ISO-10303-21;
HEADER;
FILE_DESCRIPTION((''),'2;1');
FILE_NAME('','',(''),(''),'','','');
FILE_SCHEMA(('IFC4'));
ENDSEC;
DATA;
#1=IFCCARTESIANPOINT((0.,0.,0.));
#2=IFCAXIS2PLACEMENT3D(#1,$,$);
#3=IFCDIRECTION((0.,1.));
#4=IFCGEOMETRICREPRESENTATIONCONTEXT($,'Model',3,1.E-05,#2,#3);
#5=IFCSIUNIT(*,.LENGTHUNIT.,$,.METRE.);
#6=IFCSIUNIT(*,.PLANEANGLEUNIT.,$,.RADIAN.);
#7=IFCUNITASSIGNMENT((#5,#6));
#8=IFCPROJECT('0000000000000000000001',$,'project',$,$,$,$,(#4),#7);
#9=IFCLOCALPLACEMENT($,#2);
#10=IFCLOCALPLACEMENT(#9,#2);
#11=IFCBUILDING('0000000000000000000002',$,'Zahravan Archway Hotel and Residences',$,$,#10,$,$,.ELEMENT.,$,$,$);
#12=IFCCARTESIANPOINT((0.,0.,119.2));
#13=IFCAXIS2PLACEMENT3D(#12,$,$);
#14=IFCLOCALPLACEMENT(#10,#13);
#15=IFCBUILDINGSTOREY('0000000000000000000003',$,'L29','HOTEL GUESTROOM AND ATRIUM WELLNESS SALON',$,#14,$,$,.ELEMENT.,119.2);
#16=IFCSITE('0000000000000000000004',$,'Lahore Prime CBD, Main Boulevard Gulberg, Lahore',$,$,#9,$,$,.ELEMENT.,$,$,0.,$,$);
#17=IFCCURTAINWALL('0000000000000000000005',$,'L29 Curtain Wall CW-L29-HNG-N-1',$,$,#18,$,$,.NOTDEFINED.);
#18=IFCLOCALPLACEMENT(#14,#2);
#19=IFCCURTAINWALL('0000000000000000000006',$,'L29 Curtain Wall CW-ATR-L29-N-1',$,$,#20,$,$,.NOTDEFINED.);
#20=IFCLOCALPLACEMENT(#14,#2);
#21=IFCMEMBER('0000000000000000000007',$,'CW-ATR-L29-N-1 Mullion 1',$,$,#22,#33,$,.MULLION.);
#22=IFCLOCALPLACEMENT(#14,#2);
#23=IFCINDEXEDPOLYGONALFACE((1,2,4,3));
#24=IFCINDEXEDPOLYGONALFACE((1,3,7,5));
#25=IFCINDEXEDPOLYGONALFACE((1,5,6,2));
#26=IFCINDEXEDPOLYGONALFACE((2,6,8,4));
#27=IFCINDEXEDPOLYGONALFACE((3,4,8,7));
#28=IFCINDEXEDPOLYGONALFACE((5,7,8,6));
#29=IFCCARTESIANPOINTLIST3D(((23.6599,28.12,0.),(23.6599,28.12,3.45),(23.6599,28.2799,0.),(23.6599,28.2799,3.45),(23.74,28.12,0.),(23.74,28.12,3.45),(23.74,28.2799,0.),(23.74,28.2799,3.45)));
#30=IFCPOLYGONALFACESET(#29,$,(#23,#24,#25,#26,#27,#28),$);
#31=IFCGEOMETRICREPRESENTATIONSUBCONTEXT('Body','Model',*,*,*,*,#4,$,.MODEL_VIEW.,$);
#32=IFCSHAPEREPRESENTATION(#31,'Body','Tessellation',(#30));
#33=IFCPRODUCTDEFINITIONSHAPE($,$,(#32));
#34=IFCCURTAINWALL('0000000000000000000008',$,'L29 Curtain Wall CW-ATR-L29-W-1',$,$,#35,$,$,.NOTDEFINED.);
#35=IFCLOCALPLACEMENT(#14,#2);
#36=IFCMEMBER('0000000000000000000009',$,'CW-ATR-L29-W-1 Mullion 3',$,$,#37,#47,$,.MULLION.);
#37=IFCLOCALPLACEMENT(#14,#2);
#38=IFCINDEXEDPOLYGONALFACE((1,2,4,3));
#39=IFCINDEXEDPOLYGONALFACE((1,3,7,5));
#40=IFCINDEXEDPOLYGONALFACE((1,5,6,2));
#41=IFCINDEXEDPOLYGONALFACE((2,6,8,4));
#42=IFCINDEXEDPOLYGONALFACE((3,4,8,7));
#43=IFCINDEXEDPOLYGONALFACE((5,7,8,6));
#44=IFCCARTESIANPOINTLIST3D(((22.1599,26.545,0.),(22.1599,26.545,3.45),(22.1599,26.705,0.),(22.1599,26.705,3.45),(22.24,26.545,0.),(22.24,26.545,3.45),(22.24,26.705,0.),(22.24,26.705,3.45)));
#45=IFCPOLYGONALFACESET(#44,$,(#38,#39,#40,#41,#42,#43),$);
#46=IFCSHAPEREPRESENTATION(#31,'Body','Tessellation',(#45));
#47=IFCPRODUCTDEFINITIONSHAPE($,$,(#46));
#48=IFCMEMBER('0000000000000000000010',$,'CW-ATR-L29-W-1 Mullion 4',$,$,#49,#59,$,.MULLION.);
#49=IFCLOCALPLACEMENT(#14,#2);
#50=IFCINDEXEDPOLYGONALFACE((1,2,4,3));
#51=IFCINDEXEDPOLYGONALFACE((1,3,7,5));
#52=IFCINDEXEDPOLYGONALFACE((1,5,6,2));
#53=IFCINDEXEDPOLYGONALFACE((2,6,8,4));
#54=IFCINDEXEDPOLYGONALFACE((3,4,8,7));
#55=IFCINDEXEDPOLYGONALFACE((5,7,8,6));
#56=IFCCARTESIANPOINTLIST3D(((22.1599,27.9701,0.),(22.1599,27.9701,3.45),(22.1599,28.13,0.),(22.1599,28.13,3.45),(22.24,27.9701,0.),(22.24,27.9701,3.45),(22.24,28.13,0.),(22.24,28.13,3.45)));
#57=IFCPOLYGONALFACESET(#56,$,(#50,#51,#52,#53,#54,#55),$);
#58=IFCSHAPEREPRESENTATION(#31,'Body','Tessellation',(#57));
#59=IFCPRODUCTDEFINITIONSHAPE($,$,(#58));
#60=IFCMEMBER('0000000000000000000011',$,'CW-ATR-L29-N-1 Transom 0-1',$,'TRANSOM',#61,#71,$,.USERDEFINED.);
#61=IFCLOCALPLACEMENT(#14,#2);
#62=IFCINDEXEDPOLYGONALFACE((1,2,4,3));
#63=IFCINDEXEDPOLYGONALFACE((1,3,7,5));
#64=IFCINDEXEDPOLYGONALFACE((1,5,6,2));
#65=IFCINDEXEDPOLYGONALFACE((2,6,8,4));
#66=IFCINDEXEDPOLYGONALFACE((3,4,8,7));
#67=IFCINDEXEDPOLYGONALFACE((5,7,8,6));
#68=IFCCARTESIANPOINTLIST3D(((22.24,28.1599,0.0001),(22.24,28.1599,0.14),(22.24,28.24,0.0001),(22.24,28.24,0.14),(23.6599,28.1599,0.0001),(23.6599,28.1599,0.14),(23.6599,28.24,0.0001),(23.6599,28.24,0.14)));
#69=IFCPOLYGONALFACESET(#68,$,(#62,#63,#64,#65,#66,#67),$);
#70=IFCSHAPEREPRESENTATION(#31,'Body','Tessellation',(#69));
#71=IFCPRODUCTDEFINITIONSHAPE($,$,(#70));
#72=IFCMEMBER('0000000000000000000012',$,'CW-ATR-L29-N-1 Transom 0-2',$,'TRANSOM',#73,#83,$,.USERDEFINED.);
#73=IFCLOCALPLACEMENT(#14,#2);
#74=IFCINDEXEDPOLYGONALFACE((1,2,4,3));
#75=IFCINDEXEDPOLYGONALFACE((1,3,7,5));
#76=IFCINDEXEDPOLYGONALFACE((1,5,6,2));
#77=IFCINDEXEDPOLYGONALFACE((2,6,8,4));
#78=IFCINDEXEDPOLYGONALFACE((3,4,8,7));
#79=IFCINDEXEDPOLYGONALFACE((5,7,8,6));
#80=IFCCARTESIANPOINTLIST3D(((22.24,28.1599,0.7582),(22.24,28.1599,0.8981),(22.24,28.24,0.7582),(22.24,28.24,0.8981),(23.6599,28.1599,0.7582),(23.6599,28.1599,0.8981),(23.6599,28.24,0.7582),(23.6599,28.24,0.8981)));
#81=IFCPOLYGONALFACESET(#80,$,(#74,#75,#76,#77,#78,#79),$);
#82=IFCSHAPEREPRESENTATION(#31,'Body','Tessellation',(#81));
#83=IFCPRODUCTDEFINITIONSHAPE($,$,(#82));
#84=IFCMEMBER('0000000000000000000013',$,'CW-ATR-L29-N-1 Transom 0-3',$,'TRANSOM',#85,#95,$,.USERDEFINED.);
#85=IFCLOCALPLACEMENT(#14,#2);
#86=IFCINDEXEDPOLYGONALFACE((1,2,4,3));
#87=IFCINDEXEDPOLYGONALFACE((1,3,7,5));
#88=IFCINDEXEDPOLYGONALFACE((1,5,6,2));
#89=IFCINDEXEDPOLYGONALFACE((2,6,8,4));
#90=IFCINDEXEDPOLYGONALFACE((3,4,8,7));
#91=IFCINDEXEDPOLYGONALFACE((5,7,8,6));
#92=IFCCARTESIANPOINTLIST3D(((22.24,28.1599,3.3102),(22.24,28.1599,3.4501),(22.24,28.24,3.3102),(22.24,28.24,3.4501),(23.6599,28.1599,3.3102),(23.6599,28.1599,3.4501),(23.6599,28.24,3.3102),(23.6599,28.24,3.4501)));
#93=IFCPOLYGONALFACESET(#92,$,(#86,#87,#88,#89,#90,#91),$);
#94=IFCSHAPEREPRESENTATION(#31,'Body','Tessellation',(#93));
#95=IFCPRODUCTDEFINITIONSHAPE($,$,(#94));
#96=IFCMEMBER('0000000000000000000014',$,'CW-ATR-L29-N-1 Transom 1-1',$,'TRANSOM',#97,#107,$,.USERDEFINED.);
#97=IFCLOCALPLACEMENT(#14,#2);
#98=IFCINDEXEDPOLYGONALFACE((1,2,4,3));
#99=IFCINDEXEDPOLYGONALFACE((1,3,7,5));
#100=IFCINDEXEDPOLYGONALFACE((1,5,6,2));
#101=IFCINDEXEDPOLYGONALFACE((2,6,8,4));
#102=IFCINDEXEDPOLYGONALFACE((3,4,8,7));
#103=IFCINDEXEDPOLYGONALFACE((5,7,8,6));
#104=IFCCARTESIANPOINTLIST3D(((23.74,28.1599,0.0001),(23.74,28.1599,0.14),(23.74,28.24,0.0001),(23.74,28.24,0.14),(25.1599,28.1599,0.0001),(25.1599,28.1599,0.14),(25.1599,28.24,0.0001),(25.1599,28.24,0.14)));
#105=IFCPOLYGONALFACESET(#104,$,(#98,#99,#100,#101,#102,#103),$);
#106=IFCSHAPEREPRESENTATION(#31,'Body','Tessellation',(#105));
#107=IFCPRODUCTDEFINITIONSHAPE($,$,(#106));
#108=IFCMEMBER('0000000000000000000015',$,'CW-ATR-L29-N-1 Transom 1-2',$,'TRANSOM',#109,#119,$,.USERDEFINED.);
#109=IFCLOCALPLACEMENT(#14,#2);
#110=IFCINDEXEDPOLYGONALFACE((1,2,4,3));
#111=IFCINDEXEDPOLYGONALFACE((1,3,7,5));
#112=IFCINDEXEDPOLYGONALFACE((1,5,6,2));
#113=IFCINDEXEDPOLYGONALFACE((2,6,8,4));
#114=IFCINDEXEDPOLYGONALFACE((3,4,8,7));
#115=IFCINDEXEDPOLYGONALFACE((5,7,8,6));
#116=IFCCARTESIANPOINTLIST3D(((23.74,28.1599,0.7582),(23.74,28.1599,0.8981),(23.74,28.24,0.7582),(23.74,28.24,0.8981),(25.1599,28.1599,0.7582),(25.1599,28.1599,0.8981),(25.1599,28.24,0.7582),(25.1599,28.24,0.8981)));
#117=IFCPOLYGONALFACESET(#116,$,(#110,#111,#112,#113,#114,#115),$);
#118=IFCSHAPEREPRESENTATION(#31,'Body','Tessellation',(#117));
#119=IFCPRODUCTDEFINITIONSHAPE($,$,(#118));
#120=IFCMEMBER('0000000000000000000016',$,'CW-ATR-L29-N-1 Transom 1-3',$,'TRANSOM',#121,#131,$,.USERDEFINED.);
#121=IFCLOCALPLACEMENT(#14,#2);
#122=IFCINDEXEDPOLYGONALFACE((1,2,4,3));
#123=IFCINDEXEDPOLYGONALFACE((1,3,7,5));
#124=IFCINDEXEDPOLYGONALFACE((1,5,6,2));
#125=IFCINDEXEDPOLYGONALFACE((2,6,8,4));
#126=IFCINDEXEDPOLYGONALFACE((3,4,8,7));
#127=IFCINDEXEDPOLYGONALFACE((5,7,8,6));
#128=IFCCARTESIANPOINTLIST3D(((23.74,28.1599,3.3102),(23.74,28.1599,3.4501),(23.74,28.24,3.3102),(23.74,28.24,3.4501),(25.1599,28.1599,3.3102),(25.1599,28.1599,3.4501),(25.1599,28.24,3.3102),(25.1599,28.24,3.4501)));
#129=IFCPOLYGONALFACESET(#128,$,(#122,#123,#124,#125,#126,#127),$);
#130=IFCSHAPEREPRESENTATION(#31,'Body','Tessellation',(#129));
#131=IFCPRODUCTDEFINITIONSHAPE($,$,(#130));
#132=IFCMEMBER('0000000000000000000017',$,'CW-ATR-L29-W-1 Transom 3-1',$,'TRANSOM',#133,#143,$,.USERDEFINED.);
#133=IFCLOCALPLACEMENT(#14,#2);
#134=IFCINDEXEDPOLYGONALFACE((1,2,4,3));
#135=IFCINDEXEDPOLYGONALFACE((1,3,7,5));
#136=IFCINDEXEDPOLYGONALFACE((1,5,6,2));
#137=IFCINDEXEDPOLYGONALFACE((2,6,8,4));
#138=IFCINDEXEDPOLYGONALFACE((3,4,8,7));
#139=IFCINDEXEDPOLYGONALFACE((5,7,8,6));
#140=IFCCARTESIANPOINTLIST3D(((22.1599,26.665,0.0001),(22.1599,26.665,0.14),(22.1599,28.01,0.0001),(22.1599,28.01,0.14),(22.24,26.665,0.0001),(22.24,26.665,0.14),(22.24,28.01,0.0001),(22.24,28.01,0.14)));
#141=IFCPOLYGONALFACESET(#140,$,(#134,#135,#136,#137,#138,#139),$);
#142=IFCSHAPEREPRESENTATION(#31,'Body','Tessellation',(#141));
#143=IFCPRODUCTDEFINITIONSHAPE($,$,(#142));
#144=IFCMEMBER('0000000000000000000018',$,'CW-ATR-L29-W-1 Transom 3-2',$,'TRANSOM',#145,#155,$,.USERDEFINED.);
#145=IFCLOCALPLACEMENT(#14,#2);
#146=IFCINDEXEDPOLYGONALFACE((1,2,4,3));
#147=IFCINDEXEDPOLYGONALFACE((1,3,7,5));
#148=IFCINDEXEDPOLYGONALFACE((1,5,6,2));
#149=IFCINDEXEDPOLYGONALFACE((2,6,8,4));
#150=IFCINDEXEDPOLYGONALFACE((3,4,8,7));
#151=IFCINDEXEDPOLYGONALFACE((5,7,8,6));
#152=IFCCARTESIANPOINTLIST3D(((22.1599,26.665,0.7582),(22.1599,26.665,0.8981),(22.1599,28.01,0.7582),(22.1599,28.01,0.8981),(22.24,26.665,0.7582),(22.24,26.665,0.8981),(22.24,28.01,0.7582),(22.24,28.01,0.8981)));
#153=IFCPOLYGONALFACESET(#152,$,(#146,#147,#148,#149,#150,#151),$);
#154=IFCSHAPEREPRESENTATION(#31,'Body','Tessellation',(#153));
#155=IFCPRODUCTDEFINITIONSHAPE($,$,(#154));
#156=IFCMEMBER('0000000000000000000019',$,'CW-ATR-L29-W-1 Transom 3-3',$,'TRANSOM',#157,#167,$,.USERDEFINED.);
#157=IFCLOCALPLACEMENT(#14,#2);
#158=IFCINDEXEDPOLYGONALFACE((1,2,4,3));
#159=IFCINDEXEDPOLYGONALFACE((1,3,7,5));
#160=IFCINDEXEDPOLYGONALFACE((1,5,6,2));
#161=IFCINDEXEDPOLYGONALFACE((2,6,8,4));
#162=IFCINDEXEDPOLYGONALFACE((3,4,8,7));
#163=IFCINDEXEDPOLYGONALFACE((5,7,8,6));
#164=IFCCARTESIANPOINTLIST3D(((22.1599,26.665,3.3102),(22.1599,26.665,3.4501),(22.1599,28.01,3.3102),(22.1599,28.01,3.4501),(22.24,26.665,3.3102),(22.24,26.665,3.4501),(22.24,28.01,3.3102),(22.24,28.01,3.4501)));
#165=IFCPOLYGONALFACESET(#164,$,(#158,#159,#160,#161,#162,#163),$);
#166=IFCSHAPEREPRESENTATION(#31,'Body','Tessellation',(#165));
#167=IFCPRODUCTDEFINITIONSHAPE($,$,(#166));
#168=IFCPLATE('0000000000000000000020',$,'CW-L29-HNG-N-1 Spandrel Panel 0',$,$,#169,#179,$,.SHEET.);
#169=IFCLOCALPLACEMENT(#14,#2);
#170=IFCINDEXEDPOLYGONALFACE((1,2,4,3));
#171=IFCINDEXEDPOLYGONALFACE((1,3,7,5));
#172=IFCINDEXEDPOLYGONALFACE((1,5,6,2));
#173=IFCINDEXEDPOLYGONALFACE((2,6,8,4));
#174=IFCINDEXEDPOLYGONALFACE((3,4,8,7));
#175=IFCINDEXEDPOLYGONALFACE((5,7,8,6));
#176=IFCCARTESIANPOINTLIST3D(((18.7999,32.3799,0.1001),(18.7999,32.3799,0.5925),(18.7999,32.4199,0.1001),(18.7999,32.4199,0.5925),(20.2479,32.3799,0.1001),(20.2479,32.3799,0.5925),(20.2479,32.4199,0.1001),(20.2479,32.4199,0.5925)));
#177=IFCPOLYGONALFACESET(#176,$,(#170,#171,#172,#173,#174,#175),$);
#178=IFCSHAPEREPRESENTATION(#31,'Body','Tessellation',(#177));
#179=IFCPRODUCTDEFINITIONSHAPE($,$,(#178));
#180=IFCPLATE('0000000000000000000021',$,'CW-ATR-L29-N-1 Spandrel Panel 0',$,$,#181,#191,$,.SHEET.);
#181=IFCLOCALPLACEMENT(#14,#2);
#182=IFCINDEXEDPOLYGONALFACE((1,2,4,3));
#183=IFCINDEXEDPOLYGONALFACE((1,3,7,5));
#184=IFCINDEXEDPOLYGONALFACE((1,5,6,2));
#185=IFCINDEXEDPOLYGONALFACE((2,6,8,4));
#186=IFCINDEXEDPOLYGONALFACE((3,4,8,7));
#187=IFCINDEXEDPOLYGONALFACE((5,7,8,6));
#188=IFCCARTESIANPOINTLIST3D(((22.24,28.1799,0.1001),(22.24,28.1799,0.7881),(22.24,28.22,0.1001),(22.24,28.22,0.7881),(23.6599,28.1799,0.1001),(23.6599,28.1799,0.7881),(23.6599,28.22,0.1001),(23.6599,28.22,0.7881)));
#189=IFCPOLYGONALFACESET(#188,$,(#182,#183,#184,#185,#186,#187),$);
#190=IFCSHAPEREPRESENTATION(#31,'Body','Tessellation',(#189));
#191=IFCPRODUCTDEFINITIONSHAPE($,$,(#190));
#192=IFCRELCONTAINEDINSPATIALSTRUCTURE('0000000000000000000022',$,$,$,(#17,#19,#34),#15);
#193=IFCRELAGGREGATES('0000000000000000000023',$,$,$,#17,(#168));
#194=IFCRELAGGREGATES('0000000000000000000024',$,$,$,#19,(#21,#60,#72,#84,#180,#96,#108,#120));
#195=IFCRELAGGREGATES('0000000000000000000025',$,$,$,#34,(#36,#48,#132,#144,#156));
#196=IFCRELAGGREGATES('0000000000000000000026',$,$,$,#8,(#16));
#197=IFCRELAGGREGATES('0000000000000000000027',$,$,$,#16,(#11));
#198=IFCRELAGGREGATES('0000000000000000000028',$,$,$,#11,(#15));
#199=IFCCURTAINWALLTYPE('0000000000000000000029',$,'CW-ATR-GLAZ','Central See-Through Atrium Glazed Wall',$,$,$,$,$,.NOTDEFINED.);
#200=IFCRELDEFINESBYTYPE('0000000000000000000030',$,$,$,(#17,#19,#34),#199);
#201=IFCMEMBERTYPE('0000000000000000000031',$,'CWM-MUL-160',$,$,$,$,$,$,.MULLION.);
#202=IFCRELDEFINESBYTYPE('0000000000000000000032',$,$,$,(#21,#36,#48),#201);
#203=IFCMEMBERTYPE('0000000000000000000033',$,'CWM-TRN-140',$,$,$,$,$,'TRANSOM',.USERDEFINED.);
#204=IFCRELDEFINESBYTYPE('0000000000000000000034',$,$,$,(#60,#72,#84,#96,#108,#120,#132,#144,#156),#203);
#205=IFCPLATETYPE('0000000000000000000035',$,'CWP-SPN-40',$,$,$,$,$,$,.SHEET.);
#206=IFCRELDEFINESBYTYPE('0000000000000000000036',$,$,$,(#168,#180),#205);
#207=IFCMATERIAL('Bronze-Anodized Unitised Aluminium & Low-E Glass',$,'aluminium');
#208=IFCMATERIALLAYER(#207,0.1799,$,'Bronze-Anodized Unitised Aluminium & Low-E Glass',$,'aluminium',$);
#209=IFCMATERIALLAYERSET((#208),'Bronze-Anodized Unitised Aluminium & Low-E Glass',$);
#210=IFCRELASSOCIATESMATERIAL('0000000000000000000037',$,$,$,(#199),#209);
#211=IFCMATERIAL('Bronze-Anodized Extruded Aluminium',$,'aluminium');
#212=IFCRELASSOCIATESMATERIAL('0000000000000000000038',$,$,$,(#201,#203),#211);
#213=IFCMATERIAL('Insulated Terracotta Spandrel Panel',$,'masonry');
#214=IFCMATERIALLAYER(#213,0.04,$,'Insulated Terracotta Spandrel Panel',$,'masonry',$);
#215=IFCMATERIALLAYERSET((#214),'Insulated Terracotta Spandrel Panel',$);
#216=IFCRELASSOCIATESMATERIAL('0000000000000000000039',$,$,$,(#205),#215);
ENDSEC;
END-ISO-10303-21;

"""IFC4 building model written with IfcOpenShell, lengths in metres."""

from ifc_helpers import new_model, si_unit, direction, frame, origin, origin_2d, place, context, subcontext, project, spatial, rectangle, extrude, source, transform, mapped, material, layer, layer_set, material_profile, profile_set, type_object, element, aggregate, save


model = new_model("IFC4")

# Units and contexts
model_context = context("Model", 3, precision=1e-05, world=origin(), true_north=direction((0.0, 1.0)))
body_context = subcontext(model_context, "Body", "Model", "MODEL_VIEW")
ifc_project = project(units=[si_unit("LENGTHUNIT", "METRE"), si_unit("PLANEANGLEUNIT", "RADIAN")], contexts=[model_context])

# Site, building, storey
site_placement = place(None, origin())
site = spatial("IfcSite", under=ifc_project, at=site_placement, Name="Lahore Prime CBD, Main Boulevard Gulberg, Lahore", CompositionType="ELEMENT", RefElevation=0.0)
building_placement = place(site_placement, origin())
building = spatial("IfcBuilding", under=site, at=building_placement, Name="Zahravan Archway Hotel and Residences", CompositionType="ELEMENT")
storey_placement = place(building_placement, frame((0.0, 0.0, 119.2)))
storey = spatial("IfcBuildingStorey", under=building, at=storey_placement, Name="L29", Description="HOTEL GUESTROOM AND ATRIUM WELLNESS SALON", CompositionType="ELEMENT", Elevation=119.2)

# Curtain walls, members
ifc_material_1 = material(Name="Bronze-Anodized Unitised Aluminium & Low-E Glass", Category="aluminium")
ifc_layer_1 = layer(ifc_material_1, 0.1799, Name="Bronze-Anodized Unitised Aluminium & Low-E Glass", Category="aluminium")
ifc_layer_set_1 = layer_set([ifc_layer_1], Name="Bronze-Anodized Unitised Aluminium & Low-E Glass")
curtain_wall_type = type_object("IfcCurtainWallType", Name="CW-ATR-GLAZ", Description="Central See-Through Atrium Glazed Wall", PredefinedType="NOTDEFINED", material=ifc_layer_set_1)
curtain_wall_1_placement = place(storey_placement, origin())
curtain_wall_1 = element("IfcCurtainWall", 1, at=curtain_wall_1_placement, inside=storey, type_object=curtain_wall_type, Name="L29 Curtain Wall CW-L29-HNG-N-1", PredefinedType="NOTDEFINED")
ifc_material_2 = material(Name="Bronze-Anodized Extruded Aluminium", Category="aluminium")
ifc_material_profile_1 = material_profile(ifc_material_2, rectangle(XDim=0.0801, YDim=0.1599, at=origin_2d()), Name="MUL 80x160", Category="aluminium")
ifc_profile_set_1 = profile_set([ifc_material_profile_1], Name="Bronze-Anodized Extruded Aluminium")
member_type_1 = type_object("IfcMemberType", Name="CWM-MUL-160", PredefinedType="MULLION", material=ifc_profile_set_1)
ifc_material_profile_2 = material_profile(ifc_material_2, rectangle(XDim=0.0801, YDim=0.1399, at=origin_2d()), Name="TRN 80x140", Category="aluminium")
ifc_profile_set_2 = profile_set([ifc_material_profile_2], Name="Bronze-Anodized Extruded Aluminium")
member_type_2 = type_object("IfcMemberType", Name="CWM-TRN-140", ElementType="TRANSOM", PredefinedType="USERDEFINED", material=ifc_profile_set_2)
curtain_wall_2_placement = place(storey_placement, origin())
curtain_wall_2 = element("IfcCurtainWall", 2, at=curtain_wall_2_placement, inside=storey, type_object=curtain_wall_type, Name="L29 Curtain Wall CW-ATR-L29-N-1", PredefinedType="NOTDEFINED")
shared_shape_1 = source(origin(), body_context, "Body", "SweptSolid", [
    extrude(rectangle(XDim=0.0801, YDim=0.1599, at=origin_2d()), origin(), (0.0, 0.0, 1.0), 3.45),
])
member_1_placement = place(storey_placement, frame((23.7, 28.2, 0.0), z_axis=(0.0, 0.0, 1.0), x_axis=(1.0, 0.0, 0.0)))
member_1 = element("IfcMember", 3, at=member_1_placement, type_object=member_type_1, Name="CW-ATR-L29-N-1 Mullion 1", PredefinedType="MULLION", context=body_context, shape_type="MappedRepresentation", body=[
    mapped(shared_shape_1, transform((0.0, 0.0, 0.0), scale=1.0)),
])
curtain_wall_3_placement = place(storey_placement, origin())
curtain_wall_3 = element("IfcCurtainWall", 4, at=curtain_wall_3_placement, inside=storey, type_object=curtain_wall_type, Name="L29 Curtain Wall CW-ATR-L29-W-1", PredefinedType="NOTDEFINED")
member_2_placement = place(storey_placement, frame((22.2, 26.625, 0.0), z_axis=(0.0, 0.0, 1.0), x_axis=(1.0, 0.0, 0.0)))
member_2 = element("IfcMember", 5, at=member_2_placement, type_object=member_type_1, Name="CW-ATR-L29-W-1 Mullion 3", PredefinedType="MULLION", context=body_context, shape_type="MappedRepresentation", body=[
    mapped(shared_shape_1, transform((0.0, 0.0, 0.0), scale=1.0)),
])
member_3_placement = place(storey_placement, frame((22.2, 28.05, 0.0), z_axis=(0.0, 0.0, 1.0), x_axis=(1.0, 0.0, 0.0)))
member_3 = element("IfcMember", 6, at=member_3_placement, type_object=member_type_1, Name="CW-ATR-L29-W-1 Mullion 4", PredefinedType="MULLION", context=body_context, shape_type="MappedRepresentation", body=[
    mapped(shared_shape_1, transform((0.0, 0.0, 0.0), scale=1.0)),
])

# Members
shared_shape_2 = source(origin(), body_context, "Body", "SweptSolid", [
    extrude(rectangle(XDim=0.0801, YDim=0.1399, at=origin_2d()), origin(), (0.0, 0.0, 1.0), 1.4199),
])
member_4_placement = place(storey_placement, frame((22.24, 28.2, 0.0701), z_axis=(1.0, 0.0, 0.0), x_axis=(0.0, 1.0, 0.0)))
member_4 = element("IfcMember", 7, at=member_4_placement, type_object=member_type_2, Name="CW-ATR-L29-N-1 Transom 0-1", ObjectType="TRANSOM", PredefinedType="USERDEFINED", context=body_context, shape_type="MappedRepresentation", body=[
    mapped(shared_shape_2, transform((0.0, 0.0, 0.0), scale=1.0)),
])
member_5_placement = place(storey_placement, frame((22.24, 28.2, 0.8281), z_axis=(1.0, 0.0, 0.0), x_axis=(0.0, 1.0, 0.0)))
member_5 = element("IfcMember", 8, at=member_5_placement, type_object=member_type_2, Name="CW-ATR-L29-N-1 Transom 0-2", ObjectType="TRANSOM", PredefinedType="USERDEFINED", context=body_context, shape_type="MappedRepresentation", body=[
    mapped(shared_shape_2, transform((0.0, 0.0, 0.0), scale=1.0)),
])
member_6_placement = place(storey_placement, frame((22.24, 28.2, 3.3801), z_axis=(1.0, 0.0, 0.0), x_axis=(0.0, 1.0, 0.0)))
member_6 = element("IfcMember", 9, at=member_6_placement, type_object=member_type_2, Name="CW-ATR-L29-N-1 Transom 0-3", ObjectType="TRANSOM", PredefinedType="USERDEFINED", context=body_context, shape_type="MappedRepresentation", body=[
    mapped(shared_shape_2, transform((0.0, 0.0, 0.0), scale=1.0)),
])
member_7_placement = place(storey_placement, frame((23.74, 28.2, 0.0701), z_axis=(1.0, 0.0, 0.0), x_axis=(0.0, 1.0, 0.0)))
member_7 = element("IfcMember", 10, at=member_7_placement, type_object=member_type_2, Name="CW-ATR-L29-N-1 Transom 1-1", ObjectType="TRANSOM", PredefinedType="USERDEFINED", context=body_context, shape_type="MappedRepresentation", body=[
    mapped(shared_shape_2, transform((0.0, 0.0, 0.0), scale=1.0)),
])
member_8_placement = place(storey_placement, frame((23.74, 28.2, 0.8281), z_axis=(1.0, 0.0, 0.0), x_axis=(0.0, 1.0, 0.0)))
member_8 = element("IfcMember", 11, at=member_8_placement, type_object=member_type_2, Name="CW-ATR-L29-N-1 Transom 1-2", ObjectType="TRANSOM", PredefinedType="USERDEFINED", context=body_context, shape_type="MappedRepresentation", body=[
    mapped(shared_shape_2, transform((0.0, 0.0, 0.0), scale=1.0)),
])
member_9_placement = place(storey_placement, frame((23.74, 28.2, 3.3801), z_axis=(1.0, 0.0, 0.0), x_axis=(0.0, 1.0, 0.0)))
member_9 = element("IfcMember", 12, at=member_9_placement, type_object=member_type_2, Name="CW-ATR-L29-N-1 Transom 1-3", ObjectType="TRANSOM", PredefinedType="USERDEFINED", context=body_context, shape_type="MappedRepresentation", body=[
    mapped(shared_shape_2, transform((0.0, 0.0, 0.0), scale=1.0)),
])
shared_shape_3 = source(origin(), body_context, "Body", "SweptSolid", [
    extrude(rectangle(XDim=0.0801, YDim=0.1399, at=origin_2d()), origin(), (0.0, 0.0, 1.0), 1.345),
])
member_10_placement = place(storey_placement, frame((22.2, 26.665, 0.0701), z_axis=(0.0, 1.0, 0.0), x_axis=(-1.0, 0.0, 0.0)))
member_10 = element("IfcMember", 13, at=member_10_placement, type_object=member_type_2, Name="CW-ATR-L29-W-1 Transom 3-1", ObjectType="TRANSOM", PredefinedType="USERDEFINED", context=body_context, shape_type="MappedRepresentation", body=[
    mapped(shared_shape_3, transform((0.0, 0.0, 0.0), scale=1.0)),
])
member_11_placement = place(storey_placement, frame((22.2, 26.665, 0.8281), z_axis=(0.0, 1.0, 0.0), x_axis=(-1.0, 0.0, 0.0)))
member_11 = element("IfcMember", 14, at=member_11_placement, type_object=member_type_2, Name="CW-ATR-L29-W-1 Transom 3-2", ObjectType="TRANSOM", PredefinedType="USERDEFINED", context=body_context, shape_type="MappedRepresentation", body=[
    mapped(shared_shape_3, transform((0.0, 0.0, 0.0), scale=1.0)),
])
member_12_placement = place(storey_placement, frame((22.2, 26.665, 3.3801), z_axis=(0.0, 1.0, 0.0), x_axis=(-1.0, 0.0, 0.0)))
member_12 = element("IfcMember", 15, at=member_12_placement, type_object=member_type_2, Name="CW-ATR-L29-W-1 Transom 3-3", ObjectType="TRANSOM", PredefinedType="USERDEFINED", context=body_context, shape_type="MappedRepresentation", body=[
    mapped(shared_shape_3, transform((0.0, 0.0, 0.0), scale=1.0)),
])

# Plates
ifc_material_3 = material(Name="Insulated Terracotta Spandrel Panel", Category="masonry")
ifc_layer_2 = layer(ifc_material_3, 0.04, Name="Insulated Terracotta Spandrel Panel", Category="masonry")
ifc_layer_set_2 = layer_set([ifc_layer_2], Name="Insulated Terracotta Spandrel Panel")
plate_type_1 = type_object("IfcPlateType", Name="CWP-SPN-40", PredefinedType="SHEET", material=ifc_layer_set_2)
shared_shape_4 = source(origin(), body_context, "Body", "SweptSolid", [
    extrude(rectangle(XDim=1.448, YDim=0.04, at=origin_2d()), origin(), (0.0, 0.0, 1.0), 0.4924),
])
plate_1_placement = place(storey_placement, frame((19.5239, 32.3999, 0.1001), z_axis=(0.0, 0.0, 1.0), x_axis=(1.0, 0.0, 0.0)))
plate_1 = element("IfcPlate", 16, at=plate_1_placement, type_object=plate_type_1, Name="CW-L29-HNG-N-1 Spandrel Panel 0", PredefinedType="SHEET", context=body_context, shape_type="MappedRepresentation", body=[
    mapped(shared_shape_4, transform((0.0, 0.0, 0.0), scale=1.0)),
])
aggregate(curtain_wall_1, [plate_1])
shared_shape_5 = source(origin(), body_context, "Body", "SweptSolid", [
    extrude(rectangle(XDim=1.4199, YDim=0.04, at=origin_2d()), origin(), (0.0, 0.0, 1.0), 0.688),
])
plate_2_placement = place(storey_placement, frame((22.95, 28.2, 0.1001), z_axis=(0.0, 0.0, 1.0), x_axis=(1.0, 0.0, 0.0)))
plate_2 = element("IfcPlate", 17, at=plate_2_placement, type_object=plate_type_1, Name="CW-ATR-L29-N-1 Spandrel Panel 0", PredefinedType="SHEET", context=body_context, shape_type="MappedRepresentation", body=[
    mapped(shared_shape_5, transform((0.0, 0.0, 0.0), scale=1.0)),
])
aggregate(curtain_wall_2, [member_1, member_4, member_5, member_6, plate_2, member_7, member_8, member_9])
aggregate(curtain_wall_3, [member_2, member_3, member_10, member_11, member_12])

save(model, "model.ifc")
